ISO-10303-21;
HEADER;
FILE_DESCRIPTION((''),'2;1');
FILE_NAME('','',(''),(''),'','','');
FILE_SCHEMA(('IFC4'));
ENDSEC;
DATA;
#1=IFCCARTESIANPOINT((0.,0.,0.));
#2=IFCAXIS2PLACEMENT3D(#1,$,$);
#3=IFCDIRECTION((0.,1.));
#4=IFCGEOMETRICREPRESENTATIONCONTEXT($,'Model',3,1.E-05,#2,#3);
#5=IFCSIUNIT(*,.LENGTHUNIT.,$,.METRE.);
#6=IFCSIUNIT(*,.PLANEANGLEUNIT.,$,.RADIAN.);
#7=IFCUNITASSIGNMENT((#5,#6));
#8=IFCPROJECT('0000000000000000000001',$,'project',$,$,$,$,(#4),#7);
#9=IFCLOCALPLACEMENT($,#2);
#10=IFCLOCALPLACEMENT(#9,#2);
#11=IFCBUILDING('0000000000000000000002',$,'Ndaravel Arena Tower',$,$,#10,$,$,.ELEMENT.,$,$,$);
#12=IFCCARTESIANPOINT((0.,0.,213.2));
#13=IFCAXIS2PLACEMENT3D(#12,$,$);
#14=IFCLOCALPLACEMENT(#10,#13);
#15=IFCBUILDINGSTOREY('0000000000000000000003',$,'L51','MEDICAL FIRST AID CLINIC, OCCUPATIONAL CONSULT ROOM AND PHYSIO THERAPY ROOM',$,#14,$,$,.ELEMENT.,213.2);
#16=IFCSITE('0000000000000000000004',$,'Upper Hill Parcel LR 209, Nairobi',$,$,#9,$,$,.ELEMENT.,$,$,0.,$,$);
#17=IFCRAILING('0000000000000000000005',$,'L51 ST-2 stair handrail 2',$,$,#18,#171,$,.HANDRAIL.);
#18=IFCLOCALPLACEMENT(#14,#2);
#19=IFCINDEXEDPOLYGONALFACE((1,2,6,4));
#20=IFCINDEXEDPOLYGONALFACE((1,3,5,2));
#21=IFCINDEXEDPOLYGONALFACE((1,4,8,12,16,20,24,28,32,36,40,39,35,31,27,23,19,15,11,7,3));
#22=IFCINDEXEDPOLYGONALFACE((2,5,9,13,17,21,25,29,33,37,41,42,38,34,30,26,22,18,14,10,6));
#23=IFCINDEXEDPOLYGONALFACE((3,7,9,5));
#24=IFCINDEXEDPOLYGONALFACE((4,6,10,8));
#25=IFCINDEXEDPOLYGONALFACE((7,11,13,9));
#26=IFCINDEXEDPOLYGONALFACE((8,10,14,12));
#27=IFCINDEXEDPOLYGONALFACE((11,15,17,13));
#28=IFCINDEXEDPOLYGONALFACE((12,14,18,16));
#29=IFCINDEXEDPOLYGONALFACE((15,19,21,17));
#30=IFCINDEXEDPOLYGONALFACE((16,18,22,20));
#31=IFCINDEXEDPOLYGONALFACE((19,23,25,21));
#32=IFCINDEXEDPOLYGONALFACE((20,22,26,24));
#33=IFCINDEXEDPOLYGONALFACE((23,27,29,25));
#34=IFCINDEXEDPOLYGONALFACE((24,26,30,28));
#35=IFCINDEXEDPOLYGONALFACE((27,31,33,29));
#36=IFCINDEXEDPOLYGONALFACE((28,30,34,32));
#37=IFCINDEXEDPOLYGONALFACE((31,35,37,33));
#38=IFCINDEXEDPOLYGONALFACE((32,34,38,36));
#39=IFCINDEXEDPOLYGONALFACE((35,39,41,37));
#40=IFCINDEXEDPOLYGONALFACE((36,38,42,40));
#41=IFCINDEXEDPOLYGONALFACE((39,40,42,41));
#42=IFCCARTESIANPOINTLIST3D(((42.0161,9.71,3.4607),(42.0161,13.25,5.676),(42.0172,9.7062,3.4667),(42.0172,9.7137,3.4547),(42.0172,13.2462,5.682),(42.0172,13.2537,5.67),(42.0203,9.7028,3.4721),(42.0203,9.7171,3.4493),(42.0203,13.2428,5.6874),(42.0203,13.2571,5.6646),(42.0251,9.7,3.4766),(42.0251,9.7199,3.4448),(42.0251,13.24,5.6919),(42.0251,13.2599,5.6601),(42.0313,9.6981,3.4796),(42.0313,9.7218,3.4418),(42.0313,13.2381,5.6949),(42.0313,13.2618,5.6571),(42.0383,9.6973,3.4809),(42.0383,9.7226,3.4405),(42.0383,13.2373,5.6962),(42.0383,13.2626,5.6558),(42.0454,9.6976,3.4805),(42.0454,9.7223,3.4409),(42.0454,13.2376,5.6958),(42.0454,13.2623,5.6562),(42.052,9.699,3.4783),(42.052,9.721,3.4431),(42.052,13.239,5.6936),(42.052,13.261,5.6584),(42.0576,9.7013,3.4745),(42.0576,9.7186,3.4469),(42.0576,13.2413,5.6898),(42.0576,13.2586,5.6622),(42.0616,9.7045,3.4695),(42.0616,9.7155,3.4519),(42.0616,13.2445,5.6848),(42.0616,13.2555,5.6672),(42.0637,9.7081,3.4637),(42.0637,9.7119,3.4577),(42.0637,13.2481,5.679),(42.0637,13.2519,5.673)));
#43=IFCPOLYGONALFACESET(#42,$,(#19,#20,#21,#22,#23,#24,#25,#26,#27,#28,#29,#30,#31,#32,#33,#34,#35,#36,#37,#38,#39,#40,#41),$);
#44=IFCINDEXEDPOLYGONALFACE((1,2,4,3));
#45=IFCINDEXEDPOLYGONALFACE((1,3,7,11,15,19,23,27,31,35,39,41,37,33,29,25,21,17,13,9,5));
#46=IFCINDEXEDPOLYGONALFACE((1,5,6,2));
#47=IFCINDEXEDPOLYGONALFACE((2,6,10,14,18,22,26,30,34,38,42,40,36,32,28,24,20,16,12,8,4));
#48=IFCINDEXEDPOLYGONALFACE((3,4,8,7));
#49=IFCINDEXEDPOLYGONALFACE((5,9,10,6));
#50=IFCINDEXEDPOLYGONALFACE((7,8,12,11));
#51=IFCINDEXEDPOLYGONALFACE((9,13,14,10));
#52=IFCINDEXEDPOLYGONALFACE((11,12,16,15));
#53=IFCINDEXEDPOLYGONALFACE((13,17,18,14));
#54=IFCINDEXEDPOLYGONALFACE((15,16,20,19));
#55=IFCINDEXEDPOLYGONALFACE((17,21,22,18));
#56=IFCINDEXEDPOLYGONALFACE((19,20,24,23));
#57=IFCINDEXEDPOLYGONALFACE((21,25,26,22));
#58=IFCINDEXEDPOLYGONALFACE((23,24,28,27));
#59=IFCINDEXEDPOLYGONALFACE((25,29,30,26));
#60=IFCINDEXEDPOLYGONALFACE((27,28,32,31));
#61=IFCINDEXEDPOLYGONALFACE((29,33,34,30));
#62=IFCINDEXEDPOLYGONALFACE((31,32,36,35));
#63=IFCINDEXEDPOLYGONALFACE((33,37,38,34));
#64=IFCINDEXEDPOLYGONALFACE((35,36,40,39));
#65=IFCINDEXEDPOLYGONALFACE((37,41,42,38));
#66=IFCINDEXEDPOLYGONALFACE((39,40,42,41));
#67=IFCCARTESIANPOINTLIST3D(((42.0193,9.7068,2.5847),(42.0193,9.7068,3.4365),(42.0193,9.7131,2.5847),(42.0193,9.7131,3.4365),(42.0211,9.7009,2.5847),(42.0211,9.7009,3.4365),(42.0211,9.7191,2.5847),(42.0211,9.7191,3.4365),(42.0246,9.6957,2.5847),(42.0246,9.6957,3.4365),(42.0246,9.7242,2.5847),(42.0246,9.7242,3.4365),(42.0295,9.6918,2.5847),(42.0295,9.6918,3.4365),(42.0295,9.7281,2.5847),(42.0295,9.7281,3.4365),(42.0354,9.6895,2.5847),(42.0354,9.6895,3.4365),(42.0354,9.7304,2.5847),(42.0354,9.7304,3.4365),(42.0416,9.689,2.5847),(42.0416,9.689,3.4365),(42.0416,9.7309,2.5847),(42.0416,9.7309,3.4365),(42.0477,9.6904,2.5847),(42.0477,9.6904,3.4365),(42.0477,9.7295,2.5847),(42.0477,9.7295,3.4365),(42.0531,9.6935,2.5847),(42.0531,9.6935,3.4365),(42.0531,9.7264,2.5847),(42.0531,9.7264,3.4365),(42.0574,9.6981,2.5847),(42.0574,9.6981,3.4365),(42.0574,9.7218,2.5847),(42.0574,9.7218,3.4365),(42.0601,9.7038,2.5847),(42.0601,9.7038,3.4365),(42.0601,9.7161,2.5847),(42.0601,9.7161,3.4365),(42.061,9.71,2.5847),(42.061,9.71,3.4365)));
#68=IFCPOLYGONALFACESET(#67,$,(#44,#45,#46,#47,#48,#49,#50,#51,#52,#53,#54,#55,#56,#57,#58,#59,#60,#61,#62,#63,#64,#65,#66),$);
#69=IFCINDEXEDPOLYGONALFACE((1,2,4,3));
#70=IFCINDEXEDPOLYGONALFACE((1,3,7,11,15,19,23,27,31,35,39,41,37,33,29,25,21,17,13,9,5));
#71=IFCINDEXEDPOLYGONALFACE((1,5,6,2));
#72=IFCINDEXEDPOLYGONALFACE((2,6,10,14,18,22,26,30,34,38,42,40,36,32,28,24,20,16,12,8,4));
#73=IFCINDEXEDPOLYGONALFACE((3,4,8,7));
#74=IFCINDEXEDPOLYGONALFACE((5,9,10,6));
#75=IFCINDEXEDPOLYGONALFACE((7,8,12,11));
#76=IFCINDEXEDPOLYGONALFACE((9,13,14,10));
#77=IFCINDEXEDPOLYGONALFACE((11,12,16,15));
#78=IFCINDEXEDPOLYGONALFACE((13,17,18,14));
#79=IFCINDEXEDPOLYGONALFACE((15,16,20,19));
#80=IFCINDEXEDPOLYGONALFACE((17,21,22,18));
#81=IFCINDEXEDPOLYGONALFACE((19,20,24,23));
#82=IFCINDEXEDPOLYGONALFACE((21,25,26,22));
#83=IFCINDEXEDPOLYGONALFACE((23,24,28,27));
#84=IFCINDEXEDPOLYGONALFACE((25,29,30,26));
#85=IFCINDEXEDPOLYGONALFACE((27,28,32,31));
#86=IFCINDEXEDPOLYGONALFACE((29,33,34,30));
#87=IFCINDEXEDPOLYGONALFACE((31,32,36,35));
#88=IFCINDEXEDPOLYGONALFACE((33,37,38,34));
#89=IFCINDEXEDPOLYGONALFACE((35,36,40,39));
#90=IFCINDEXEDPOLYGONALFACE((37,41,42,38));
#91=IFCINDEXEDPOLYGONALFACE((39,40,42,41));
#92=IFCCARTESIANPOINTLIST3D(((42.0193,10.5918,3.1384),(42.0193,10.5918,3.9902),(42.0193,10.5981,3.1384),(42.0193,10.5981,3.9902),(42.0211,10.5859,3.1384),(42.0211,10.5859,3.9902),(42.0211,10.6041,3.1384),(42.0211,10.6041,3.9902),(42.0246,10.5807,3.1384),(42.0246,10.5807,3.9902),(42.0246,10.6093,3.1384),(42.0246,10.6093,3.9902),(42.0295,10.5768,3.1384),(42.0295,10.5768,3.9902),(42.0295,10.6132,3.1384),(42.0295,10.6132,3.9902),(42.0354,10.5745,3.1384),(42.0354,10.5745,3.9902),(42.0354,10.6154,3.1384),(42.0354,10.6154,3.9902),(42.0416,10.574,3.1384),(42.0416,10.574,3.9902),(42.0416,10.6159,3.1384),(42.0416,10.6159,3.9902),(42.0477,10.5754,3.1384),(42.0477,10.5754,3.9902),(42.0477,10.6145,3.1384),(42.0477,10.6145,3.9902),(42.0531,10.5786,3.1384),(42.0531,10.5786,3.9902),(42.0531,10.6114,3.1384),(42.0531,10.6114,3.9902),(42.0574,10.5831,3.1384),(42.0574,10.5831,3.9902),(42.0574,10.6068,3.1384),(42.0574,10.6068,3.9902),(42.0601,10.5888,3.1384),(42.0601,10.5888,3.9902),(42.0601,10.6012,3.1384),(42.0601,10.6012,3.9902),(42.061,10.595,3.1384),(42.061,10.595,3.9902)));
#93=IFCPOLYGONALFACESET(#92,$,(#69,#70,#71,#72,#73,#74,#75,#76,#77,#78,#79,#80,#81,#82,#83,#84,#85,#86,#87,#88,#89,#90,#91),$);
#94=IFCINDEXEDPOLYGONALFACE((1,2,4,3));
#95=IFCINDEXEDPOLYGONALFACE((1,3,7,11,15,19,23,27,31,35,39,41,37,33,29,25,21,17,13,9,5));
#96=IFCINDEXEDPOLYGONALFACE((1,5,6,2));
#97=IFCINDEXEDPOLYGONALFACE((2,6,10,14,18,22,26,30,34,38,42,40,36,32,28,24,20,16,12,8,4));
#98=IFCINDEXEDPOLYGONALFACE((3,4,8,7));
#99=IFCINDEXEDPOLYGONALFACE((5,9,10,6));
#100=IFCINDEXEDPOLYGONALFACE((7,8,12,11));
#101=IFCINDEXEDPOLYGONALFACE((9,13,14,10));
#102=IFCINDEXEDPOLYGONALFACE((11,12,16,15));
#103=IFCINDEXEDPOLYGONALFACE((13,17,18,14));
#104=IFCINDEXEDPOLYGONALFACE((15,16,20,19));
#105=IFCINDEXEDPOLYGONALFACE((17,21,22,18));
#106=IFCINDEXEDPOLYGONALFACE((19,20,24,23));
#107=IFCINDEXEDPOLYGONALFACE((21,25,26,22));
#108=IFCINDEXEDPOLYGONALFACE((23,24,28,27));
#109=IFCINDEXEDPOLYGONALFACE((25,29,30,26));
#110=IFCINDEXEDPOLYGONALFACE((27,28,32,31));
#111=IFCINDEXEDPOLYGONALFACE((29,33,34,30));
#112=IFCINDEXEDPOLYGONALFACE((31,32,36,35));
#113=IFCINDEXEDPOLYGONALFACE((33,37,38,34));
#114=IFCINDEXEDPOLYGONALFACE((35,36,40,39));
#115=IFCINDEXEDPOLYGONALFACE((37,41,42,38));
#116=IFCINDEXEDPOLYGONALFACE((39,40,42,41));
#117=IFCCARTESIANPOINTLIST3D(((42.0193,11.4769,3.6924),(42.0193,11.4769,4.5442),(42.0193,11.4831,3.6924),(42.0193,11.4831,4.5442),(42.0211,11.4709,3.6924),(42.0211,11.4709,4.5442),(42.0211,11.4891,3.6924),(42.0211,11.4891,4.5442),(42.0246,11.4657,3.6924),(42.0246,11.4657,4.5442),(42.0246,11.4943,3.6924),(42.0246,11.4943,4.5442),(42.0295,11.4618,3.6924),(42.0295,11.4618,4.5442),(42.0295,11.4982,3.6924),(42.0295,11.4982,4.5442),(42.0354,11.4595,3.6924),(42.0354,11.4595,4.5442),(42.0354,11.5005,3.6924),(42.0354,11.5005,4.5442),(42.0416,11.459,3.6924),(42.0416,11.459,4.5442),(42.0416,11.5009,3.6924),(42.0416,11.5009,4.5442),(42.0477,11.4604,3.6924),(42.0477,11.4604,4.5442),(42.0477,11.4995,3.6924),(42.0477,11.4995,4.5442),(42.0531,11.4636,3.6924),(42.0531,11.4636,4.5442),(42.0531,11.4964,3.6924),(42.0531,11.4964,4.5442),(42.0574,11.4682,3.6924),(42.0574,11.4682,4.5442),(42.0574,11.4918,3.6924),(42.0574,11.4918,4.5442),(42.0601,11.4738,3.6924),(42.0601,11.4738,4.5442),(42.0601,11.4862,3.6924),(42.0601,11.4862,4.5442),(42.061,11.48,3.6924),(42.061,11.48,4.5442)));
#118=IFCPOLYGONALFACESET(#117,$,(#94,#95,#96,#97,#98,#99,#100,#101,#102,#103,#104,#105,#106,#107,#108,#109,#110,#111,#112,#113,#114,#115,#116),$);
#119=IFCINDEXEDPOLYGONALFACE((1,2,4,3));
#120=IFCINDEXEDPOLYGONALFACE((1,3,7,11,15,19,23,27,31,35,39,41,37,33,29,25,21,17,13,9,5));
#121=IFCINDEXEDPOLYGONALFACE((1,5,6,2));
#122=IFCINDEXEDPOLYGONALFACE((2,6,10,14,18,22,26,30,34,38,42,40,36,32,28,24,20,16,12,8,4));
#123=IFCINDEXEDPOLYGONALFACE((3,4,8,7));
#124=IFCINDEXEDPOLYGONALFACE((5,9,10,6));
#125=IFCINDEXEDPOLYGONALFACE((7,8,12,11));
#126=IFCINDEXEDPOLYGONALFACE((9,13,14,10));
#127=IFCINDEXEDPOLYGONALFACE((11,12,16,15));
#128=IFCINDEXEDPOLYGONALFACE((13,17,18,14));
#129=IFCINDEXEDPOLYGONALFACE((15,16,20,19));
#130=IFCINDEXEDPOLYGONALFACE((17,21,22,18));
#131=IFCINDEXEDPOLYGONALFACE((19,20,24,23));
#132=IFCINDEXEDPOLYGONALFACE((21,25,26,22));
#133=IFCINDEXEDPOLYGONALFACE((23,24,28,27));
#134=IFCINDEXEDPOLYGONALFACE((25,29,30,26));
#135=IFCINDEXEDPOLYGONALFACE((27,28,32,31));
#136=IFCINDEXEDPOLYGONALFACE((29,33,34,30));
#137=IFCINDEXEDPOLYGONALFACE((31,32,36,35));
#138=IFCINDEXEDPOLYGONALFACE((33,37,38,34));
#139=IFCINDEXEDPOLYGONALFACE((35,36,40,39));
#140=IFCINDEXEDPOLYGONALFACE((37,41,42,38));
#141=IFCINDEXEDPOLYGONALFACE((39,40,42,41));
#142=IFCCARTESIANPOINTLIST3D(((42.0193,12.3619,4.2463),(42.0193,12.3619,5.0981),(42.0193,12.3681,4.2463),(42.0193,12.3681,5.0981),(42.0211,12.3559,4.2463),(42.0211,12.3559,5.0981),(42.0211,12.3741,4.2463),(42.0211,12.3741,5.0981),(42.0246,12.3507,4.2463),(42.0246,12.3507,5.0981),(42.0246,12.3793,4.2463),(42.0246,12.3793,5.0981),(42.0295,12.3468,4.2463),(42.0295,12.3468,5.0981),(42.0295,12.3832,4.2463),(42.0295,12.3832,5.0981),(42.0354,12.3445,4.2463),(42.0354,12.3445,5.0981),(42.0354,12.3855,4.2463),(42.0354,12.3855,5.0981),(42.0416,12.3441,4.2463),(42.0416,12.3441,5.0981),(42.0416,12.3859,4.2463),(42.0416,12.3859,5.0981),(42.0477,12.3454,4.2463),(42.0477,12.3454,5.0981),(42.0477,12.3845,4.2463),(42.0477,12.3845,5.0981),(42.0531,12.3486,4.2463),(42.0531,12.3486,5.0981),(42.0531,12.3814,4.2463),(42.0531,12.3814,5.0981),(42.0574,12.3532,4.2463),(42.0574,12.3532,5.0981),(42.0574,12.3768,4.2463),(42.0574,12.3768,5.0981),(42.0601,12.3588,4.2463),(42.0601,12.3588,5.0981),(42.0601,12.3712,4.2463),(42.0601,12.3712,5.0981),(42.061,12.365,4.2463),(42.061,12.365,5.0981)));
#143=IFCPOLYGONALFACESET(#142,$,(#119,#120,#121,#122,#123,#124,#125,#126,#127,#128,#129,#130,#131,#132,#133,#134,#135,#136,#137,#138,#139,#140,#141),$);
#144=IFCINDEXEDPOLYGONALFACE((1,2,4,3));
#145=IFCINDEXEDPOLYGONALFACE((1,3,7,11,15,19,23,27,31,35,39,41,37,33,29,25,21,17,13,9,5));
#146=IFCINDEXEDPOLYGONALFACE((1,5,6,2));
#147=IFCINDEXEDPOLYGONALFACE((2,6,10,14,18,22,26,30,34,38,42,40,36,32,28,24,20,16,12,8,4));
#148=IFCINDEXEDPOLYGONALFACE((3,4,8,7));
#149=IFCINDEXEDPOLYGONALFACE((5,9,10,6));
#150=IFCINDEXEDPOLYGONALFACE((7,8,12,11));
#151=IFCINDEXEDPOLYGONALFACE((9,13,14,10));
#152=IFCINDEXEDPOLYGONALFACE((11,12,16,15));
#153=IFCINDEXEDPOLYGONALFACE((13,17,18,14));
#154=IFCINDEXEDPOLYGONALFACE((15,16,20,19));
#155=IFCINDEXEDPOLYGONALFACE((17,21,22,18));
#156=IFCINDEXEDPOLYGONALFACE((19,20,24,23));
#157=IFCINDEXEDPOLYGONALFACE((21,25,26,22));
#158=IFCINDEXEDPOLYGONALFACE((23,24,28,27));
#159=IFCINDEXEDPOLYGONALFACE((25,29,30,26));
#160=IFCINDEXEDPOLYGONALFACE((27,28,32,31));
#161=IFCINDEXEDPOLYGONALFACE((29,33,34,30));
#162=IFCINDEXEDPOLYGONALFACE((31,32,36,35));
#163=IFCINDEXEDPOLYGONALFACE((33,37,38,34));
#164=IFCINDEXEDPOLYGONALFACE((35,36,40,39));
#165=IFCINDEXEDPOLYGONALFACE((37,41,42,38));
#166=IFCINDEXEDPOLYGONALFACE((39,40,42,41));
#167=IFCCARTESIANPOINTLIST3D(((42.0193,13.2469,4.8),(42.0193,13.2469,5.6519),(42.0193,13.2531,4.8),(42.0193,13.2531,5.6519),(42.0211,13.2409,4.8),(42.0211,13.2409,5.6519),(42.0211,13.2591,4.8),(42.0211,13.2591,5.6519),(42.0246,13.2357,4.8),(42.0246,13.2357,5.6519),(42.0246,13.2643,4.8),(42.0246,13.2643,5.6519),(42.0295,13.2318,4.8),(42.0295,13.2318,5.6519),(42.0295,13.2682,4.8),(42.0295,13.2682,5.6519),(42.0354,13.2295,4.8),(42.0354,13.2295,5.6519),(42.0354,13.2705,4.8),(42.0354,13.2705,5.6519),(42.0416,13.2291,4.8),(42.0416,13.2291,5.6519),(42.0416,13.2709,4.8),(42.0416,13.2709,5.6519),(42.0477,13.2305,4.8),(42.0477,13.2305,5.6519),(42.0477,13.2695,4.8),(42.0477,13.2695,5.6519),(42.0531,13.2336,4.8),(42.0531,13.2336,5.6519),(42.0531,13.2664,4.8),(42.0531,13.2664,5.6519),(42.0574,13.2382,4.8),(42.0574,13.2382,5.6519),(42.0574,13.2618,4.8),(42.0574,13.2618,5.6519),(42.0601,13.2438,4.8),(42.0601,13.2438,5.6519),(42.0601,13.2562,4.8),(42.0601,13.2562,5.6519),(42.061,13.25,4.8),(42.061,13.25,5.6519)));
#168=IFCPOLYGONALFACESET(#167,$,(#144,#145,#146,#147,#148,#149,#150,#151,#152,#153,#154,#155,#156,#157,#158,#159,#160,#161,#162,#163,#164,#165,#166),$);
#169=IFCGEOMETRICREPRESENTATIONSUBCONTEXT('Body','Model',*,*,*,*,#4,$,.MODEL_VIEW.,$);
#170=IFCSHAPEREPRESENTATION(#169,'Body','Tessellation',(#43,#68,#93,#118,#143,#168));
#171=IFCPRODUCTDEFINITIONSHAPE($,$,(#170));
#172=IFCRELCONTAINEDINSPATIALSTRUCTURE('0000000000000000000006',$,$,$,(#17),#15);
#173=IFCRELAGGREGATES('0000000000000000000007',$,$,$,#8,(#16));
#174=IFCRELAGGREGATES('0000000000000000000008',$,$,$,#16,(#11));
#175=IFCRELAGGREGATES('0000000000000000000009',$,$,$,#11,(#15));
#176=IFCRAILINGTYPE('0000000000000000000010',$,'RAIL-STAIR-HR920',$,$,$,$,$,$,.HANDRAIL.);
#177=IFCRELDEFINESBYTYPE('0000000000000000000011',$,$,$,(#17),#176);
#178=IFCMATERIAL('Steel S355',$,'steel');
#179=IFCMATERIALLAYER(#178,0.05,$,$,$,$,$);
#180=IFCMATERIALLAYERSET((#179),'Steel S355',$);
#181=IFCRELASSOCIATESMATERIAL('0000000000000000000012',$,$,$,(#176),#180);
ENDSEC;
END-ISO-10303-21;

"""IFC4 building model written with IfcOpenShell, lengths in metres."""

from ifc_helpers import new_model, si_unit, direction, frame, origin, origin_2d, place, context, subcontext, project, spatial, circle, extrude, material, layer, layer_set, type_object, element, save


model = new_model("IFC4")

# Units and contexts
model_context = context("Model", 3, precision=1e-05, world=origin(), true_north=direction((0.0, 1.0)))
body_context = subcontext(model_context, "Body", "Model", "MODEL_VIEW")
ifc_project = project(units=[si_unit("LENGTHUNIT", "METRE"), si_unit("PLANEANGLEUNIT", "RADIAN")], contexts=[model_context])

# Site, building, storey
site_placement = place(None, origin())
site = spatial("IfcSite", under=ifc_project, at=site_placement, Name="Upper Hill Parcel LR 209, Nairobi", CompositionType="ELEMENT", RefElevation=0.0)
building_placement = place(site_placement, origin())
building = spatial("IfcBuilding", under=site, at=building_placement, Name="Ndaravel Arena Tower", CompositionType="ELEMENT")
storey_placement = place(building_placement, frame((0.0, 0.0, 213.2)))
storey = spatial("IfcBuildingStorey", under=building, at=storey_placement, Name="L51", Description="MEDICAL FIRST AID CLINIC, OCCUPATIONAL CONSULT ROOM AND PHYSIO THERAPY ROOM", CompositionType="ELEMENT", Elevation=213.2)

# Railing
ifc_material_1 = material(Name="Steel S355", Category="steel")
ifc_layer_1 = layer(ifc_material_1, 0.05)
ifc_layer_set_1 = layer_set([ifc_layer_1], Name="Steel S355")
railing_type_1 = type_object("IfcRailingType", Name="RAIL-STAIR-HR920", PredefinedType="HANDRAIL", material=ifc_layer_set_1)
railing_1_placement = place(storey_placement, frame((42.04, 9.71, 2.5847)))
element("IfcRailing", 1, at=railing_1_placement, inside=storey, type_object=railing_type_1, Name="L51 ST-2 stair handrail 2", PredefinedType="HANDRAIL", context=body_context, shape_type="SweptSolid", body=[
    extrude(circle(Radius=0.0239, at=origin_2d()), frame((0.0, 0.0, 0.876), z_axis=(0.0, 0.847696, 0.530482), x_axis=(-1.0, 0.0, 0.0)), (0.0, 0.0, 1.0), 4.176),
    extrude(circle(Radius=0.021, at=origin_2d()), origin(), (0.0, 0.0, 1.0), 0.8518),
    extrude(circle(Radius=0.021, at=origin_2d()), frame((0.0, 0.885, 0.5537)), (0.0, 0.0, 1.0), 0.8518),
    extrude(circle(Radius=0.021, at=origin_2d()), frame((0.0, 1.77, 1.1077)), (0.0, 0.0, 1.0), 0.8518),
    extrude(circle(Radius=0.021, at=origin_2d()), frame((0.0, 2.655, 1.6616)), (0.0, 0.0, 1.0), 0.8518),
    extrude(circle(Radius=0.021, at=origin_2d()), frame((0.0, 3.54, 2.2153)), (0.0, 0.0, 1.0), 0.8518),
])

save(model, "model.ifc")
